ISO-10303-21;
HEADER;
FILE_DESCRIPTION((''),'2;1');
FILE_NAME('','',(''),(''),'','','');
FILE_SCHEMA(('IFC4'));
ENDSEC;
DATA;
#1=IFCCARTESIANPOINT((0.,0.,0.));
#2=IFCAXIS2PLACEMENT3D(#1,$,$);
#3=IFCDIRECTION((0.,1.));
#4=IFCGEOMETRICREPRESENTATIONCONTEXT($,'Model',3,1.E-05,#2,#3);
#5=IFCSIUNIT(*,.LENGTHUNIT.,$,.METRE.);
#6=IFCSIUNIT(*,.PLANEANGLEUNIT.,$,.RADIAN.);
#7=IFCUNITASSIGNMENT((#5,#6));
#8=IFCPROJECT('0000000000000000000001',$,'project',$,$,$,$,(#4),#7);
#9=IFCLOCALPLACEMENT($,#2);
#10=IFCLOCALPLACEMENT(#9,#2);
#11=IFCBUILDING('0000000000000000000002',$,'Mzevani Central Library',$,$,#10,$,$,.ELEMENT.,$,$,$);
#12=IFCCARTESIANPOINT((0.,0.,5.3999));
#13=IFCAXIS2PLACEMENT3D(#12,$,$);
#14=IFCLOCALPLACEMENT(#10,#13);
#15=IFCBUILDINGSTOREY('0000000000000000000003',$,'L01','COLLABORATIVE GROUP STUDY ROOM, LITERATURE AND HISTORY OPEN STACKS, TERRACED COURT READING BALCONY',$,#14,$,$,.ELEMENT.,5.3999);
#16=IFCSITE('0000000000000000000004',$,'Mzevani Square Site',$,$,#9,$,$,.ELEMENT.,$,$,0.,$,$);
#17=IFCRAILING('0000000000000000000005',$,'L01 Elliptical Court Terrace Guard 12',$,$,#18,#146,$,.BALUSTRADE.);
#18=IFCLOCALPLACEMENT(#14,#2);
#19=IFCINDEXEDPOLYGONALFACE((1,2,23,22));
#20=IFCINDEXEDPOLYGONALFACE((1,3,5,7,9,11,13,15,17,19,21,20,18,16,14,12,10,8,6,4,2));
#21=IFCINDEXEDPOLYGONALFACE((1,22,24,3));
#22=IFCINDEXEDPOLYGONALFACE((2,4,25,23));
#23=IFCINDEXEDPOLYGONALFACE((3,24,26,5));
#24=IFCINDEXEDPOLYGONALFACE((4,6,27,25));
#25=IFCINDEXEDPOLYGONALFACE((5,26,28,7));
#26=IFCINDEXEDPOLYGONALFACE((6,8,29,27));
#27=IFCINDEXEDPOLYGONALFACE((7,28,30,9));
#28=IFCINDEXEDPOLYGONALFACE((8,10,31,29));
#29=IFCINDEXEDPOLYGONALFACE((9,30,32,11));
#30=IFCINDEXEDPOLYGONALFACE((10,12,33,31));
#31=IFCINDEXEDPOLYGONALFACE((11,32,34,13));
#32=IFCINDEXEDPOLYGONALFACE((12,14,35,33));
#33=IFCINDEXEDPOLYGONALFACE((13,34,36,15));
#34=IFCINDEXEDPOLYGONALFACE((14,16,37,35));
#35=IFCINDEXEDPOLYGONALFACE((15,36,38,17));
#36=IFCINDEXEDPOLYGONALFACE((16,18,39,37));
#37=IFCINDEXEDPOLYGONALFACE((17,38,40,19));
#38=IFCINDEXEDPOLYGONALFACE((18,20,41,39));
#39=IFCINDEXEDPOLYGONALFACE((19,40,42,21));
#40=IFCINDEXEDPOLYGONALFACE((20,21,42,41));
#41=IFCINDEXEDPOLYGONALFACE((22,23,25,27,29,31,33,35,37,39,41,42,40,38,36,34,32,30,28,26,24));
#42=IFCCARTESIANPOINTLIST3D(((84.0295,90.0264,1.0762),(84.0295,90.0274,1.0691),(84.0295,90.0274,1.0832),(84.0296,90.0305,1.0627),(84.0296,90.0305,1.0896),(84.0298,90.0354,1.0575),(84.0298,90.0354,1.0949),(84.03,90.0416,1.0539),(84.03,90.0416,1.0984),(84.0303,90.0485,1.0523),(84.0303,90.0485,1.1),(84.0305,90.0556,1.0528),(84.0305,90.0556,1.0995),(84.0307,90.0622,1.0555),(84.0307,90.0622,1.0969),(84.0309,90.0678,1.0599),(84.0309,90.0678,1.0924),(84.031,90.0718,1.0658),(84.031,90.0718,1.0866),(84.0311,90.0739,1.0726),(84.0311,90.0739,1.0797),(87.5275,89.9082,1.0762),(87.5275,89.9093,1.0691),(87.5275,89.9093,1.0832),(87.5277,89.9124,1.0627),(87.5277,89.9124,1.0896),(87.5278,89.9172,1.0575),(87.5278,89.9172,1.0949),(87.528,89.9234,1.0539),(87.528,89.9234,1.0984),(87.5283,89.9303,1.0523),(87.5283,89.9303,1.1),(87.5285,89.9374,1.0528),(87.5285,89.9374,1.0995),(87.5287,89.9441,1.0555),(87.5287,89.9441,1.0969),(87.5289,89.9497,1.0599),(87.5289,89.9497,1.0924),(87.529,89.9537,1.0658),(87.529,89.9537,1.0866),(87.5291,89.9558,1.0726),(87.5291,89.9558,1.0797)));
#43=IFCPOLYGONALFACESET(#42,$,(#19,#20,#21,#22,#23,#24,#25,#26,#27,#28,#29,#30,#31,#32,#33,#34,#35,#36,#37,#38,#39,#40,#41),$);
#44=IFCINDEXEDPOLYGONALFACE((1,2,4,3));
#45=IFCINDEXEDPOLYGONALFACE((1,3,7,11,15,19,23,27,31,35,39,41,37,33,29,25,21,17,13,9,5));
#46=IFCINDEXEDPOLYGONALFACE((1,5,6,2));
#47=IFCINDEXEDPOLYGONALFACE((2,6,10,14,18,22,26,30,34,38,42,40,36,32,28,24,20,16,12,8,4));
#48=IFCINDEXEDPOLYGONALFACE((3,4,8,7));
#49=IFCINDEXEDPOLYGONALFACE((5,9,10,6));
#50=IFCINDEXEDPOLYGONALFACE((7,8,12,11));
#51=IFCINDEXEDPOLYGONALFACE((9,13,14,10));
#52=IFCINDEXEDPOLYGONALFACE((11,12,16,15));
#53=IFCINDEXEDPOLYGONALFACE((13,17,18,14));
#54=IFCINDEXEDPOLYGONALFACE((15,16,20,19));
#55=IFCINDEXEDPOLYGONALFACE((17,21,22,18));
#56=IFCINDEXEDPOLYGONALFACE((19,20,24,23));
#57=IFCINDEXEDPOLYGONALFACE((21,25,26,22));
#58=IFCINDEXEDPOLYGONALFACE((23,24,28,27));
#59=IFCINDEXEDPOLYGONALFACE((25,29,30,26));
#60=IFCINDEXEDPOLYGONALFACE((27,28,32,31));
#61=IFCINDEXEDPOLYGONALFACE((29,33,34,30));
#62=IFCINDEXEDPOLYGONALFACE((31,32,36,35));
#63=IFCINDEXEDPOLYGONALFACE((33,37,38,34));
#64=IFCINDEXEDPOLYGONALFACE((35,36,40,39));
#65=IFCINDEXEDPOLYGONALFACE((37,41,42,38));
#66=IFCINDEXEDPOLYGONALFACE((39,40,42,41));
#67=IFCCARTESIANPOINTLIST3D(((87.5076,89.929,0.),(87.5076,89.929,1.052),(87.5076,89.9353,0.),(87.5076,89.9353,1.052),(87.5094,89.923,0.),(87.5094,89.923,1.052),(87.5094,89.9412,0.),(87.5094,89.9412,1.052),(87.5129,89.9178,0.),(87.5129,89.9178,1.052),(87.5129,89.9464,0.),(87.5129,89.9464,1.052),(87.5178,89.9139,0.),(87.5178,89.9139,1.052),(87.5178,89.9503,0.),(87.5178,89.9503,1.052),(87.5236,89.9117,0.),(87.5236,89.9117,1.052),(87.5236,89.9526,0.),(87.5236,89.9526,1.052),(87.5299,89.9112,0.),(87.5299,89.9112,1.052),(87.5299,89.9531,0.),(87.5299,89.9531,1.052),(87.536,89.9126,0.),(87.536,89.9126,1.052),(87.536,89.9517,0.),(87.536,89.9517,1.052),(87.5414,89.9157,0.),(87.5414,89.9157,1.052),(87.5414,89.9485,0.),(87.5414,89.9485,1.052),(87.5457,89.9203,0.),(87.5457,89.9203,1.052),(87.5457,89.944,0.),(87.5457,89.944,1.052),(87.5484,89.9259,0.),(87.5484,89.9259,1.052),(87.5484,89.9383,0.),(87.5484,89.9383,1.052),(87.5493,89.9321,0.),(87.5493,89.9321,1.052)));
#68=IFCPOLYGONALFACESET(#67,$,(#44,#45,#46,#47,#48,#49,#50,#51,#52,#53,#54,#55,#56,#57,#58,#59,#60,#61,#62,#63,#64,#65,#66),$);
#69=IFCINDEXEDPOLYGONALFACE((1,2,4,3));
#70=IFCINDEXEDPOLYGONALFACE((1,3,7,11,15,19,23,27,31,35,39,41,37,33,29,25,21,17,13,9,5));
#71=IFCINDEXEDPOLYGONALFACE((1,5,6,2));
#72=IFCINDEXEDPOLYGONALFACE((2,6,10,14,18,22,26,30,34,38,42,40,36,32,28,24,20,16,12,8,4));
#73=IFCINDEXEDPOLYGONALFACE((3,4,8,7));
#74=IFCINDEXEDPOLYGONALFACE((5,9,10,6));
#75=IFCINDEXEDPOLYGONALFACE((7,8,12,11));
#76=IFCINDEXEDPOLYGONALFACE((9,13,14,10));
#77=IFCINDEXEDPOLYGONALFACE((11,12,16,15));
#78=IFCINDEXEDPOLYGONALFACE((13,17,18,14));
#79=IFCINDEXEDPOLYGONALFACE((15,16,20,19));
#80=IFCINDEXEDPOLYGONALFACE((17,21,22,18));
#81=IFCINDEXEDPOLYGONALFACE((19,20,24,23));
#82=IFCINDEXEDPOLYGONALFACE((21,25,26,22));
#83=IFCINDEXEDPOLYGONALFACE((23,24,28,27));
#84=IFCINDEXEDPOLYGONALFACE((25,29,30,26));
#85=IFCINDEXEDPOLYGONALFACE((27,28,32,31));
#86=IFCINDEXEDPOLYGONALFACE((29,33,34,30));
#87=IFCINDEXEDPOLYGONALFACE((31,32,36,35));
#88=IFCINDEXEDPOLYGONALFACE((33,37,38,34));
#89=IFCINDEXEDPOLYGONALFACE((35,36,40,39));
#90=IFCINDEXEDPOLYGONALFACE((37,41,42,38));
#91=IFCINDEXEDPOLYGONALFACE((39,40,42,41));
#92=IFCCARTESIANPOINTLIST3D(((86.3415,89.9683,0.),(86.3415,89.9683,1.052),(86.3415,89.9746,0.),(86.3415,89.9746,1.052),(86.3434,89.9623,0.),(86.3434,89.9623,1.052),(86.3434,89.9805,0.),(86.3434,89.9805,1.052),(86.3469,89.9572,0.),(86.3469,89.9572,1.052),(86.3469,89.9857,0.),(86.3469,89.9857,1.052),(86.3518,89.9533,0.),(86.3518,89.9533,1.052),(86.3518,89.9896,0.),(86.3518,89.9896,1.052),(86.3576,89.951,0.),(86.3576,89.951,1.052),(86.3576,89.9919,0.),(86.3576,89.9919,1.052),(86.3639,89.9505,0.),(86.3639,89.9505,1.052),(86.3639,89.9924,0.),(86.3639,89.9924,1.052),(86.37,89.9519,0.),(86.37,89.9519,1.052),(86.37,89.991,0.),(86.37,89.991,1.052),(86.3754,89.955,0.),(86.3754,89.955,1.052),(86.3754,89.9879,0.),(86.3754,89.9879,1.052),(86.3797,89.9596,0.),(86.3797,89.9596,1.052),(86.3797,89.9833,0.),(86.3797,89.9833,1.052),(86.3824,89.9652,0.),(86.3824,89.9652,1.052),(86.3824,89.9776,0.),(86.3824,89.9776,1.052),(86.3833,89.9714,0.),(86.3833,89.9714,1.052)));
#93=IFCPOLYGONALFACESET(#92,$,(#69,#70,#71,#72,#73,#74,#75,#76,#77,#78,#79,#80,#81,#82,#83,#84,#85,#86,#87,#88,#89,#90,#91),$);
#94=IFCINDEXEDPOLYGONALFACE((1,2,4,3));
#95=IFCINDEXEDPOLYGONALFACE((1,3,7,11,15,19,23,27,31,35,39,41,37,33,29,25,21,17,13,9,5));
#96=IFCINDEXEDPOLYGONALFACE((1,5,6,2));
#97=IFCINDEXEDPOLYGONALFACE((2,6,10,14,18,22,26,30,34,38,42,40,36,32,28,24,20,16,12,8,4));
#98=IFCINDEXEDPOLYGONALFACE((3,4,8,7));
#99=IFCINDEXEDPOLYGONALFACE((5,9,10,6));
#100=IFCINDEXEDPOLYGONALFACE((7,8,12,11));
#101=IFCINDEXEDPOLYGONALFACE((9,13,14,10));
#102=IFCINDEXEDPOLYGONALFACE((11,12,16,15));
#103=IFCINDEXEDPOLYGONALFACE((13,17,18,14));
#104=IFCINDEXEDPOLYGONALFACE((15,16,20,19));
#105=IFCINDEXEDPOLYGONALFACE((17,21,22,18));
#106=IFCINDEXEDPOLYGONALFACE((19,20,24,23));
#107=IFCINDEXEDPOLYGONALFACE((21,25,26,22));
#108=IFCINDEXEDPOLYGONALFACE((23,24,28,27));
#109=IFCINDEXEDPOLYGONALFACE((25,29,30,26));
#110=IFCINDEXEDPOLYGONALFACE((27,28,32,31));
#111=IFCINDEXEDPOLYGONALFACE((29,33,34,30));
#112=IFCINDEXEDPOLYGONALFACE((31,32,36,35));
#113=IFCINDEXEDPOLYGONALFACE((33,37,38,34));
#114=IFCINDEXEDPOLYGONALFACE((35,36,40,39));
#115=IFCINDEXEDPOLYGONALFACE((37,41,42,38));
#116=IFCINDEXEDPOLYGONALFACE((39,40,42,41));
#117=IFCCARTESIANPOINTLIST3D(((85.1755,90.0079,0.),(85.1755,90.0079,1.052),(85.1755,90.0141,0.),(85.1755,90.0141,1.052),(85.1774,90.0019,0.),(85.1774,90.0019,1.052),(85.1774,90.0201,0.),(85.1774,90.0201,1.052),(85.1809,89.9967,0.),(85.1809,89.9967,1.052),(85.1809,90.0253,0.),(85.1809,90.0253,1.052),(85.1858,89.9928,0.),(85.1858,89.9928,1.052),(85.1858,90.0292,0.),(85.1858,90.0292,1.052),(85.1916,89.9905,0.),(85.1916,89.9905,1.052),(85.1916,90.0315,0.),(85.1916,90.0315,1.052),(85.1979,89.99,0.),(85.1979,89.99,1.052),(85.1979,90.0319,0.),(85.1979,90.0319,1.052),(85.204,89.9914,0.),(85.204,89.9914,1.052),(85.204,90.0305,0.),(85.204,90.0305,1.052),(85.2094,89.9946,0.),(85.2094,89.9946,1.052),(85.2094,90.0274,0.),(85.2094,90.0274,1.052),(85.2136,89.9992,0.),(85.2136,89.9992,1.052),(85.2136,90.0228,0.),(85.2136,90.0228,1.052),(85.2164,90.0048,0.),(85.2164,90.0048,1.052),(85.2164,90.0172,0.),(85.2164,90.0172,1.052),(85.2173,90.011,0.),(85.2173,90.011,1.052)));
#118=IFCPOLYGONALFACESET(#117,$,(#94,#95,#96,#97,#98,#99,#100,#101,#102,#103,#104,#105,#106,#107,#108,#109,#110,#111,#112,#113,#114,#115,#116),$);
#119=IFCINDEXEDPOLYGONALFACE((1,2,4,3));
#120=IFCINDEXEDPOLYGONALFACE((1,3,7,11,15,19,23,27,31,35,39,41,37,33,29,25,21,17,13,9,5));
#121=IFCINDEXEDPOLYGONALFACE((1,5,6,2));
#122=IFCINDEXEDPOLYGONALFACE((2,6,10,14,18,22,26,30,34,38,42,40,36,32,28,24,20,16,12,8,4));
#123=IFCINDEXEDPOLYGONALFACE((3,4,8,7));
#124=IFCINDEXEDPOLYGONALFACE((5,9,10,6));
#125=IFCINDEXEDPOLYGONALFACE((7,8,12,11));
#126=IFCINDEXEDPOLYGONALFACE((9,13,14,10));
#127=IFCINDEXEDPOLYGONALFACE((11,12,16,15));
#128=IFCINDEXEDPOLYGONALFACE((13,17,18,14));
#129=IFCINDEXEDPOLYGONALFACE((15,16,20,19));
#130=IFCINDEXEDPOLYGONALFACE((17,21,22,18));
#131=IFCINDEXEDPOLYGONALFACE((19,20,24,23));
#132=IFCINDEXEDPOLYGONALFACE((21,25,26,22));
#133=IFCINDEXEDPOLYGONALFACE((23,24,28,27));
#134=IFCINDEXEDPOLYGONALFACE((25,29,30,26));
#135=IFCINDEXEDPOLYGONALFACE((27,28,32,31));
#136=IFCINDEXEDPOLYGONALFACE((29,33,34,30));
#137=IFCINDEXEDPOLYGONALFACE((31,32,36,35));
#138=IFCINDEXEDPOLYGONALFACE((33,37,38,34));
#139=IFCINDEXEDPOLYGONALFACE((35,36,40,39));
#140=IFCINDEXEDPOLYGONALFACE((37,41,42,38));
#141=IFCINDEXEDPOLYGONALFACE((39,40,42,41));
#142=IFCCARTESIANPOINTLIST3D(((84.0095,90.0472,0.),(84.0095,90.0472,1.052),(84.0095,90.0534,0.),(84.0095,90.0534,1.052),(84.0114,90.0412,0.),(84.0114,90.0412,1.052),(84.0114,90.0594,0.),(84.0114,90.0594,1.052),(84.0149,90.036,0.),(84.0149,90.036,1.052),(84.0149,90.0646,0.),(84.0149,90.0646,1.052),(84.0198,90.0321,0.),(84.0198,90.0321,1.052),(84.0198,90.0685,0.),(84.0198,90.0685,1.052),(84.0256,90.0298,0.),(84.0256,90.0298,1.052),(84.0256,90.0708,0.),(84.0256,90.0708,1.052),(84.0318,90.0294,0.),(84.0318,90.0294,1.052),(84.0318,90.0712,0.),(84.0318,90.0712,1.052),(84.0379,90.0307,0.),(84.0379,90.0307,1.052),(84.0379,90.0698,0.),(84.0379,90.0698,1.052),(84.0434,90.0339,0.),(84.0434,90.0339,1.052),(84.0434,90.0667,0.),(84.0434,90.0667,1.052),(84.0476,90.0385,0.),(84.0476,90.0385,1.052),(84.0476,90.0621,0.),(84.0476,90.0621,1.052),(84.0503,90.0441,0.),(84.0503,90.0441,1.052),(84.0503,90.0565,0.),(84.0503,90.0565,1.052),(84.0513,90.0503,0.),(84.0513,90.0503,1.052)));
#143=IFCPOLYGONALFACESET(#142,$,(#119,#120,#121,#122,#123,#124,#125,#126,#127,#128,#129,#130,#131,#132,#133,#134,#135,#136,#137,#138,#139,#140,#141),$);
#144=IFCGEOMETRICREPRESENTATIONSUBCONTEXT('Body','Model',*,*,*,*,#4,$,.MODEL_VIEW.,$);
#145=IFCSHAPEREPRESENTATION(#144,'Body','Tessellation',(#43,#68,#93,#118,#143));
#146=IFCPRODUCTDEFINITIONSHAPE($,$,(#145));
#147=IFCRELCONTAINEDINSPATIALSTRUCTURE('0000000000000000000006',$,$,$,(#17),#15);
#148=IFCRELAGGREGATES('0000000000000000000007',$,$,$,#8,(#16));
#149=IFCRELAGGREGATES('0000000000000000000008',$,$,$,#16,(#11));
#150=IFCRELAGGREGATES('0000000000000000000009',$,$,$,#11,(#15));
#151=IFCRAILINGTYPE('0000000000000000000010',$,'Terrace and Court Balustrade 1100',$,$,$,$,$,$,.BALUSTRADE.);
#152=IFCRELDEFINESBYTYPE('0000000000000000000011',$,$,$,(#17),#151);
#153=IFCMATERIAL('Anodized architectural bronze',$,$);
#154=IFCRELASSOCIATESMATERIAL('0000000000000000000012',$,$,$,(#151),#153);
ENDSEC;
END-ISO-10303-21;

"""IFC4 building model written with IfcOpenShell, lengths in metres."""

from ifc_helpers import new_model, si_unit, direction, frame, origin, origin_2d, place, context, subcontext, project, spatial, circle, extrude, material, type_object, element, save


model = new_model("IFC4")

# Units and contexts
model_context = context("Model", 3, precision=1e-05, world=origin(), true_north=direction((0.0, 1.0)))
body_context = subcontext(model_context, "Body", "Model", "MODEL_VIEW")
ifc_project = project(units=[si_unit("LENGTHUNIT", "METRE"), si_unit("PLANEANGLEUNIT", "RADIAN")], contexts=[model_context])

# Site, building, storey
site_placement = place(None, origin())
site = spatial("IfcSite", under=ifc_project, at=site_placement, Name="Mzevani Square Site", CompositionType="ELEMENT", RefElevation=0.0)
building_placement = place(site_placement, origin())
building = spatial("IfcBuilding", under=site, at=building_placement, Name="Mzevani Central Library", CompositionType="ELEMENT")
storey_placement = place(building_placement, frame((0.0, 0.0, 5.3999)))
storey = spatial("IfcBuildingStorey", under=building, at=storey_placement, Name="L01", Description="COLLABORATIVE GROUP STUDY ROOM, LITERATURE AND HISTORY OPEN STACKS, TERRACED COURT READING BALCONY", CompositionType="ELEMENT", Elevation=5.3999)

# Railing
ifc_material_1 = material(Name="Anodized architectural bronze")
railing_type = type_object("IfcRailingType", Name="Terrace and Court Balustrade 1100", PredefinedType="BALUSTRADE", material=ifc_material_1)
railing_1_placement = place(storey_placement, frame((87.5283, 89.9321, 0.0)))
element("IfcRailing", 1, at=railing_1_placement, inside=storey, type_object=railing_type, Name="L01 Elliptical Court Terrace Guard 12", PredefinedType="BALUSTRADE", context=body_context, shape_type="SweptSolid", body=[
    extrude(circle(Radius=0.0239, at=origin_2d()), frame((0.0, 0.0, 1.0762), z_axis=(-0.99943, 0.033761, 0.0), x_axis=(-0.033761, -0.99943, 0.0)), (0.0, 0.0, 1.0), 3.5),
    extrude(circle(Radius=0.021, at=origin_2d()), origin(), (0.0, 0.0, 1.0), 1.052),
    extrude(circle(Radius=0.021, at=origin_2d()), frame((-1.166, 0.0393, 0.0)), (0.0, 0.0, 1.0), 1.052),
    extrude(circle(Radius=0.021, at=origin_2d()), frame((-2.332, 0.0789, 0.0)), (0.0, 0.0, 1.0), 1.052),
    extrude(circle(Radius=0.021, at=origin_2d()), frame((-3.498, 0.1182, 0.0)), (0.0, 0.0, 1.0), 1.052),
])

save(model, "model.ifc")
